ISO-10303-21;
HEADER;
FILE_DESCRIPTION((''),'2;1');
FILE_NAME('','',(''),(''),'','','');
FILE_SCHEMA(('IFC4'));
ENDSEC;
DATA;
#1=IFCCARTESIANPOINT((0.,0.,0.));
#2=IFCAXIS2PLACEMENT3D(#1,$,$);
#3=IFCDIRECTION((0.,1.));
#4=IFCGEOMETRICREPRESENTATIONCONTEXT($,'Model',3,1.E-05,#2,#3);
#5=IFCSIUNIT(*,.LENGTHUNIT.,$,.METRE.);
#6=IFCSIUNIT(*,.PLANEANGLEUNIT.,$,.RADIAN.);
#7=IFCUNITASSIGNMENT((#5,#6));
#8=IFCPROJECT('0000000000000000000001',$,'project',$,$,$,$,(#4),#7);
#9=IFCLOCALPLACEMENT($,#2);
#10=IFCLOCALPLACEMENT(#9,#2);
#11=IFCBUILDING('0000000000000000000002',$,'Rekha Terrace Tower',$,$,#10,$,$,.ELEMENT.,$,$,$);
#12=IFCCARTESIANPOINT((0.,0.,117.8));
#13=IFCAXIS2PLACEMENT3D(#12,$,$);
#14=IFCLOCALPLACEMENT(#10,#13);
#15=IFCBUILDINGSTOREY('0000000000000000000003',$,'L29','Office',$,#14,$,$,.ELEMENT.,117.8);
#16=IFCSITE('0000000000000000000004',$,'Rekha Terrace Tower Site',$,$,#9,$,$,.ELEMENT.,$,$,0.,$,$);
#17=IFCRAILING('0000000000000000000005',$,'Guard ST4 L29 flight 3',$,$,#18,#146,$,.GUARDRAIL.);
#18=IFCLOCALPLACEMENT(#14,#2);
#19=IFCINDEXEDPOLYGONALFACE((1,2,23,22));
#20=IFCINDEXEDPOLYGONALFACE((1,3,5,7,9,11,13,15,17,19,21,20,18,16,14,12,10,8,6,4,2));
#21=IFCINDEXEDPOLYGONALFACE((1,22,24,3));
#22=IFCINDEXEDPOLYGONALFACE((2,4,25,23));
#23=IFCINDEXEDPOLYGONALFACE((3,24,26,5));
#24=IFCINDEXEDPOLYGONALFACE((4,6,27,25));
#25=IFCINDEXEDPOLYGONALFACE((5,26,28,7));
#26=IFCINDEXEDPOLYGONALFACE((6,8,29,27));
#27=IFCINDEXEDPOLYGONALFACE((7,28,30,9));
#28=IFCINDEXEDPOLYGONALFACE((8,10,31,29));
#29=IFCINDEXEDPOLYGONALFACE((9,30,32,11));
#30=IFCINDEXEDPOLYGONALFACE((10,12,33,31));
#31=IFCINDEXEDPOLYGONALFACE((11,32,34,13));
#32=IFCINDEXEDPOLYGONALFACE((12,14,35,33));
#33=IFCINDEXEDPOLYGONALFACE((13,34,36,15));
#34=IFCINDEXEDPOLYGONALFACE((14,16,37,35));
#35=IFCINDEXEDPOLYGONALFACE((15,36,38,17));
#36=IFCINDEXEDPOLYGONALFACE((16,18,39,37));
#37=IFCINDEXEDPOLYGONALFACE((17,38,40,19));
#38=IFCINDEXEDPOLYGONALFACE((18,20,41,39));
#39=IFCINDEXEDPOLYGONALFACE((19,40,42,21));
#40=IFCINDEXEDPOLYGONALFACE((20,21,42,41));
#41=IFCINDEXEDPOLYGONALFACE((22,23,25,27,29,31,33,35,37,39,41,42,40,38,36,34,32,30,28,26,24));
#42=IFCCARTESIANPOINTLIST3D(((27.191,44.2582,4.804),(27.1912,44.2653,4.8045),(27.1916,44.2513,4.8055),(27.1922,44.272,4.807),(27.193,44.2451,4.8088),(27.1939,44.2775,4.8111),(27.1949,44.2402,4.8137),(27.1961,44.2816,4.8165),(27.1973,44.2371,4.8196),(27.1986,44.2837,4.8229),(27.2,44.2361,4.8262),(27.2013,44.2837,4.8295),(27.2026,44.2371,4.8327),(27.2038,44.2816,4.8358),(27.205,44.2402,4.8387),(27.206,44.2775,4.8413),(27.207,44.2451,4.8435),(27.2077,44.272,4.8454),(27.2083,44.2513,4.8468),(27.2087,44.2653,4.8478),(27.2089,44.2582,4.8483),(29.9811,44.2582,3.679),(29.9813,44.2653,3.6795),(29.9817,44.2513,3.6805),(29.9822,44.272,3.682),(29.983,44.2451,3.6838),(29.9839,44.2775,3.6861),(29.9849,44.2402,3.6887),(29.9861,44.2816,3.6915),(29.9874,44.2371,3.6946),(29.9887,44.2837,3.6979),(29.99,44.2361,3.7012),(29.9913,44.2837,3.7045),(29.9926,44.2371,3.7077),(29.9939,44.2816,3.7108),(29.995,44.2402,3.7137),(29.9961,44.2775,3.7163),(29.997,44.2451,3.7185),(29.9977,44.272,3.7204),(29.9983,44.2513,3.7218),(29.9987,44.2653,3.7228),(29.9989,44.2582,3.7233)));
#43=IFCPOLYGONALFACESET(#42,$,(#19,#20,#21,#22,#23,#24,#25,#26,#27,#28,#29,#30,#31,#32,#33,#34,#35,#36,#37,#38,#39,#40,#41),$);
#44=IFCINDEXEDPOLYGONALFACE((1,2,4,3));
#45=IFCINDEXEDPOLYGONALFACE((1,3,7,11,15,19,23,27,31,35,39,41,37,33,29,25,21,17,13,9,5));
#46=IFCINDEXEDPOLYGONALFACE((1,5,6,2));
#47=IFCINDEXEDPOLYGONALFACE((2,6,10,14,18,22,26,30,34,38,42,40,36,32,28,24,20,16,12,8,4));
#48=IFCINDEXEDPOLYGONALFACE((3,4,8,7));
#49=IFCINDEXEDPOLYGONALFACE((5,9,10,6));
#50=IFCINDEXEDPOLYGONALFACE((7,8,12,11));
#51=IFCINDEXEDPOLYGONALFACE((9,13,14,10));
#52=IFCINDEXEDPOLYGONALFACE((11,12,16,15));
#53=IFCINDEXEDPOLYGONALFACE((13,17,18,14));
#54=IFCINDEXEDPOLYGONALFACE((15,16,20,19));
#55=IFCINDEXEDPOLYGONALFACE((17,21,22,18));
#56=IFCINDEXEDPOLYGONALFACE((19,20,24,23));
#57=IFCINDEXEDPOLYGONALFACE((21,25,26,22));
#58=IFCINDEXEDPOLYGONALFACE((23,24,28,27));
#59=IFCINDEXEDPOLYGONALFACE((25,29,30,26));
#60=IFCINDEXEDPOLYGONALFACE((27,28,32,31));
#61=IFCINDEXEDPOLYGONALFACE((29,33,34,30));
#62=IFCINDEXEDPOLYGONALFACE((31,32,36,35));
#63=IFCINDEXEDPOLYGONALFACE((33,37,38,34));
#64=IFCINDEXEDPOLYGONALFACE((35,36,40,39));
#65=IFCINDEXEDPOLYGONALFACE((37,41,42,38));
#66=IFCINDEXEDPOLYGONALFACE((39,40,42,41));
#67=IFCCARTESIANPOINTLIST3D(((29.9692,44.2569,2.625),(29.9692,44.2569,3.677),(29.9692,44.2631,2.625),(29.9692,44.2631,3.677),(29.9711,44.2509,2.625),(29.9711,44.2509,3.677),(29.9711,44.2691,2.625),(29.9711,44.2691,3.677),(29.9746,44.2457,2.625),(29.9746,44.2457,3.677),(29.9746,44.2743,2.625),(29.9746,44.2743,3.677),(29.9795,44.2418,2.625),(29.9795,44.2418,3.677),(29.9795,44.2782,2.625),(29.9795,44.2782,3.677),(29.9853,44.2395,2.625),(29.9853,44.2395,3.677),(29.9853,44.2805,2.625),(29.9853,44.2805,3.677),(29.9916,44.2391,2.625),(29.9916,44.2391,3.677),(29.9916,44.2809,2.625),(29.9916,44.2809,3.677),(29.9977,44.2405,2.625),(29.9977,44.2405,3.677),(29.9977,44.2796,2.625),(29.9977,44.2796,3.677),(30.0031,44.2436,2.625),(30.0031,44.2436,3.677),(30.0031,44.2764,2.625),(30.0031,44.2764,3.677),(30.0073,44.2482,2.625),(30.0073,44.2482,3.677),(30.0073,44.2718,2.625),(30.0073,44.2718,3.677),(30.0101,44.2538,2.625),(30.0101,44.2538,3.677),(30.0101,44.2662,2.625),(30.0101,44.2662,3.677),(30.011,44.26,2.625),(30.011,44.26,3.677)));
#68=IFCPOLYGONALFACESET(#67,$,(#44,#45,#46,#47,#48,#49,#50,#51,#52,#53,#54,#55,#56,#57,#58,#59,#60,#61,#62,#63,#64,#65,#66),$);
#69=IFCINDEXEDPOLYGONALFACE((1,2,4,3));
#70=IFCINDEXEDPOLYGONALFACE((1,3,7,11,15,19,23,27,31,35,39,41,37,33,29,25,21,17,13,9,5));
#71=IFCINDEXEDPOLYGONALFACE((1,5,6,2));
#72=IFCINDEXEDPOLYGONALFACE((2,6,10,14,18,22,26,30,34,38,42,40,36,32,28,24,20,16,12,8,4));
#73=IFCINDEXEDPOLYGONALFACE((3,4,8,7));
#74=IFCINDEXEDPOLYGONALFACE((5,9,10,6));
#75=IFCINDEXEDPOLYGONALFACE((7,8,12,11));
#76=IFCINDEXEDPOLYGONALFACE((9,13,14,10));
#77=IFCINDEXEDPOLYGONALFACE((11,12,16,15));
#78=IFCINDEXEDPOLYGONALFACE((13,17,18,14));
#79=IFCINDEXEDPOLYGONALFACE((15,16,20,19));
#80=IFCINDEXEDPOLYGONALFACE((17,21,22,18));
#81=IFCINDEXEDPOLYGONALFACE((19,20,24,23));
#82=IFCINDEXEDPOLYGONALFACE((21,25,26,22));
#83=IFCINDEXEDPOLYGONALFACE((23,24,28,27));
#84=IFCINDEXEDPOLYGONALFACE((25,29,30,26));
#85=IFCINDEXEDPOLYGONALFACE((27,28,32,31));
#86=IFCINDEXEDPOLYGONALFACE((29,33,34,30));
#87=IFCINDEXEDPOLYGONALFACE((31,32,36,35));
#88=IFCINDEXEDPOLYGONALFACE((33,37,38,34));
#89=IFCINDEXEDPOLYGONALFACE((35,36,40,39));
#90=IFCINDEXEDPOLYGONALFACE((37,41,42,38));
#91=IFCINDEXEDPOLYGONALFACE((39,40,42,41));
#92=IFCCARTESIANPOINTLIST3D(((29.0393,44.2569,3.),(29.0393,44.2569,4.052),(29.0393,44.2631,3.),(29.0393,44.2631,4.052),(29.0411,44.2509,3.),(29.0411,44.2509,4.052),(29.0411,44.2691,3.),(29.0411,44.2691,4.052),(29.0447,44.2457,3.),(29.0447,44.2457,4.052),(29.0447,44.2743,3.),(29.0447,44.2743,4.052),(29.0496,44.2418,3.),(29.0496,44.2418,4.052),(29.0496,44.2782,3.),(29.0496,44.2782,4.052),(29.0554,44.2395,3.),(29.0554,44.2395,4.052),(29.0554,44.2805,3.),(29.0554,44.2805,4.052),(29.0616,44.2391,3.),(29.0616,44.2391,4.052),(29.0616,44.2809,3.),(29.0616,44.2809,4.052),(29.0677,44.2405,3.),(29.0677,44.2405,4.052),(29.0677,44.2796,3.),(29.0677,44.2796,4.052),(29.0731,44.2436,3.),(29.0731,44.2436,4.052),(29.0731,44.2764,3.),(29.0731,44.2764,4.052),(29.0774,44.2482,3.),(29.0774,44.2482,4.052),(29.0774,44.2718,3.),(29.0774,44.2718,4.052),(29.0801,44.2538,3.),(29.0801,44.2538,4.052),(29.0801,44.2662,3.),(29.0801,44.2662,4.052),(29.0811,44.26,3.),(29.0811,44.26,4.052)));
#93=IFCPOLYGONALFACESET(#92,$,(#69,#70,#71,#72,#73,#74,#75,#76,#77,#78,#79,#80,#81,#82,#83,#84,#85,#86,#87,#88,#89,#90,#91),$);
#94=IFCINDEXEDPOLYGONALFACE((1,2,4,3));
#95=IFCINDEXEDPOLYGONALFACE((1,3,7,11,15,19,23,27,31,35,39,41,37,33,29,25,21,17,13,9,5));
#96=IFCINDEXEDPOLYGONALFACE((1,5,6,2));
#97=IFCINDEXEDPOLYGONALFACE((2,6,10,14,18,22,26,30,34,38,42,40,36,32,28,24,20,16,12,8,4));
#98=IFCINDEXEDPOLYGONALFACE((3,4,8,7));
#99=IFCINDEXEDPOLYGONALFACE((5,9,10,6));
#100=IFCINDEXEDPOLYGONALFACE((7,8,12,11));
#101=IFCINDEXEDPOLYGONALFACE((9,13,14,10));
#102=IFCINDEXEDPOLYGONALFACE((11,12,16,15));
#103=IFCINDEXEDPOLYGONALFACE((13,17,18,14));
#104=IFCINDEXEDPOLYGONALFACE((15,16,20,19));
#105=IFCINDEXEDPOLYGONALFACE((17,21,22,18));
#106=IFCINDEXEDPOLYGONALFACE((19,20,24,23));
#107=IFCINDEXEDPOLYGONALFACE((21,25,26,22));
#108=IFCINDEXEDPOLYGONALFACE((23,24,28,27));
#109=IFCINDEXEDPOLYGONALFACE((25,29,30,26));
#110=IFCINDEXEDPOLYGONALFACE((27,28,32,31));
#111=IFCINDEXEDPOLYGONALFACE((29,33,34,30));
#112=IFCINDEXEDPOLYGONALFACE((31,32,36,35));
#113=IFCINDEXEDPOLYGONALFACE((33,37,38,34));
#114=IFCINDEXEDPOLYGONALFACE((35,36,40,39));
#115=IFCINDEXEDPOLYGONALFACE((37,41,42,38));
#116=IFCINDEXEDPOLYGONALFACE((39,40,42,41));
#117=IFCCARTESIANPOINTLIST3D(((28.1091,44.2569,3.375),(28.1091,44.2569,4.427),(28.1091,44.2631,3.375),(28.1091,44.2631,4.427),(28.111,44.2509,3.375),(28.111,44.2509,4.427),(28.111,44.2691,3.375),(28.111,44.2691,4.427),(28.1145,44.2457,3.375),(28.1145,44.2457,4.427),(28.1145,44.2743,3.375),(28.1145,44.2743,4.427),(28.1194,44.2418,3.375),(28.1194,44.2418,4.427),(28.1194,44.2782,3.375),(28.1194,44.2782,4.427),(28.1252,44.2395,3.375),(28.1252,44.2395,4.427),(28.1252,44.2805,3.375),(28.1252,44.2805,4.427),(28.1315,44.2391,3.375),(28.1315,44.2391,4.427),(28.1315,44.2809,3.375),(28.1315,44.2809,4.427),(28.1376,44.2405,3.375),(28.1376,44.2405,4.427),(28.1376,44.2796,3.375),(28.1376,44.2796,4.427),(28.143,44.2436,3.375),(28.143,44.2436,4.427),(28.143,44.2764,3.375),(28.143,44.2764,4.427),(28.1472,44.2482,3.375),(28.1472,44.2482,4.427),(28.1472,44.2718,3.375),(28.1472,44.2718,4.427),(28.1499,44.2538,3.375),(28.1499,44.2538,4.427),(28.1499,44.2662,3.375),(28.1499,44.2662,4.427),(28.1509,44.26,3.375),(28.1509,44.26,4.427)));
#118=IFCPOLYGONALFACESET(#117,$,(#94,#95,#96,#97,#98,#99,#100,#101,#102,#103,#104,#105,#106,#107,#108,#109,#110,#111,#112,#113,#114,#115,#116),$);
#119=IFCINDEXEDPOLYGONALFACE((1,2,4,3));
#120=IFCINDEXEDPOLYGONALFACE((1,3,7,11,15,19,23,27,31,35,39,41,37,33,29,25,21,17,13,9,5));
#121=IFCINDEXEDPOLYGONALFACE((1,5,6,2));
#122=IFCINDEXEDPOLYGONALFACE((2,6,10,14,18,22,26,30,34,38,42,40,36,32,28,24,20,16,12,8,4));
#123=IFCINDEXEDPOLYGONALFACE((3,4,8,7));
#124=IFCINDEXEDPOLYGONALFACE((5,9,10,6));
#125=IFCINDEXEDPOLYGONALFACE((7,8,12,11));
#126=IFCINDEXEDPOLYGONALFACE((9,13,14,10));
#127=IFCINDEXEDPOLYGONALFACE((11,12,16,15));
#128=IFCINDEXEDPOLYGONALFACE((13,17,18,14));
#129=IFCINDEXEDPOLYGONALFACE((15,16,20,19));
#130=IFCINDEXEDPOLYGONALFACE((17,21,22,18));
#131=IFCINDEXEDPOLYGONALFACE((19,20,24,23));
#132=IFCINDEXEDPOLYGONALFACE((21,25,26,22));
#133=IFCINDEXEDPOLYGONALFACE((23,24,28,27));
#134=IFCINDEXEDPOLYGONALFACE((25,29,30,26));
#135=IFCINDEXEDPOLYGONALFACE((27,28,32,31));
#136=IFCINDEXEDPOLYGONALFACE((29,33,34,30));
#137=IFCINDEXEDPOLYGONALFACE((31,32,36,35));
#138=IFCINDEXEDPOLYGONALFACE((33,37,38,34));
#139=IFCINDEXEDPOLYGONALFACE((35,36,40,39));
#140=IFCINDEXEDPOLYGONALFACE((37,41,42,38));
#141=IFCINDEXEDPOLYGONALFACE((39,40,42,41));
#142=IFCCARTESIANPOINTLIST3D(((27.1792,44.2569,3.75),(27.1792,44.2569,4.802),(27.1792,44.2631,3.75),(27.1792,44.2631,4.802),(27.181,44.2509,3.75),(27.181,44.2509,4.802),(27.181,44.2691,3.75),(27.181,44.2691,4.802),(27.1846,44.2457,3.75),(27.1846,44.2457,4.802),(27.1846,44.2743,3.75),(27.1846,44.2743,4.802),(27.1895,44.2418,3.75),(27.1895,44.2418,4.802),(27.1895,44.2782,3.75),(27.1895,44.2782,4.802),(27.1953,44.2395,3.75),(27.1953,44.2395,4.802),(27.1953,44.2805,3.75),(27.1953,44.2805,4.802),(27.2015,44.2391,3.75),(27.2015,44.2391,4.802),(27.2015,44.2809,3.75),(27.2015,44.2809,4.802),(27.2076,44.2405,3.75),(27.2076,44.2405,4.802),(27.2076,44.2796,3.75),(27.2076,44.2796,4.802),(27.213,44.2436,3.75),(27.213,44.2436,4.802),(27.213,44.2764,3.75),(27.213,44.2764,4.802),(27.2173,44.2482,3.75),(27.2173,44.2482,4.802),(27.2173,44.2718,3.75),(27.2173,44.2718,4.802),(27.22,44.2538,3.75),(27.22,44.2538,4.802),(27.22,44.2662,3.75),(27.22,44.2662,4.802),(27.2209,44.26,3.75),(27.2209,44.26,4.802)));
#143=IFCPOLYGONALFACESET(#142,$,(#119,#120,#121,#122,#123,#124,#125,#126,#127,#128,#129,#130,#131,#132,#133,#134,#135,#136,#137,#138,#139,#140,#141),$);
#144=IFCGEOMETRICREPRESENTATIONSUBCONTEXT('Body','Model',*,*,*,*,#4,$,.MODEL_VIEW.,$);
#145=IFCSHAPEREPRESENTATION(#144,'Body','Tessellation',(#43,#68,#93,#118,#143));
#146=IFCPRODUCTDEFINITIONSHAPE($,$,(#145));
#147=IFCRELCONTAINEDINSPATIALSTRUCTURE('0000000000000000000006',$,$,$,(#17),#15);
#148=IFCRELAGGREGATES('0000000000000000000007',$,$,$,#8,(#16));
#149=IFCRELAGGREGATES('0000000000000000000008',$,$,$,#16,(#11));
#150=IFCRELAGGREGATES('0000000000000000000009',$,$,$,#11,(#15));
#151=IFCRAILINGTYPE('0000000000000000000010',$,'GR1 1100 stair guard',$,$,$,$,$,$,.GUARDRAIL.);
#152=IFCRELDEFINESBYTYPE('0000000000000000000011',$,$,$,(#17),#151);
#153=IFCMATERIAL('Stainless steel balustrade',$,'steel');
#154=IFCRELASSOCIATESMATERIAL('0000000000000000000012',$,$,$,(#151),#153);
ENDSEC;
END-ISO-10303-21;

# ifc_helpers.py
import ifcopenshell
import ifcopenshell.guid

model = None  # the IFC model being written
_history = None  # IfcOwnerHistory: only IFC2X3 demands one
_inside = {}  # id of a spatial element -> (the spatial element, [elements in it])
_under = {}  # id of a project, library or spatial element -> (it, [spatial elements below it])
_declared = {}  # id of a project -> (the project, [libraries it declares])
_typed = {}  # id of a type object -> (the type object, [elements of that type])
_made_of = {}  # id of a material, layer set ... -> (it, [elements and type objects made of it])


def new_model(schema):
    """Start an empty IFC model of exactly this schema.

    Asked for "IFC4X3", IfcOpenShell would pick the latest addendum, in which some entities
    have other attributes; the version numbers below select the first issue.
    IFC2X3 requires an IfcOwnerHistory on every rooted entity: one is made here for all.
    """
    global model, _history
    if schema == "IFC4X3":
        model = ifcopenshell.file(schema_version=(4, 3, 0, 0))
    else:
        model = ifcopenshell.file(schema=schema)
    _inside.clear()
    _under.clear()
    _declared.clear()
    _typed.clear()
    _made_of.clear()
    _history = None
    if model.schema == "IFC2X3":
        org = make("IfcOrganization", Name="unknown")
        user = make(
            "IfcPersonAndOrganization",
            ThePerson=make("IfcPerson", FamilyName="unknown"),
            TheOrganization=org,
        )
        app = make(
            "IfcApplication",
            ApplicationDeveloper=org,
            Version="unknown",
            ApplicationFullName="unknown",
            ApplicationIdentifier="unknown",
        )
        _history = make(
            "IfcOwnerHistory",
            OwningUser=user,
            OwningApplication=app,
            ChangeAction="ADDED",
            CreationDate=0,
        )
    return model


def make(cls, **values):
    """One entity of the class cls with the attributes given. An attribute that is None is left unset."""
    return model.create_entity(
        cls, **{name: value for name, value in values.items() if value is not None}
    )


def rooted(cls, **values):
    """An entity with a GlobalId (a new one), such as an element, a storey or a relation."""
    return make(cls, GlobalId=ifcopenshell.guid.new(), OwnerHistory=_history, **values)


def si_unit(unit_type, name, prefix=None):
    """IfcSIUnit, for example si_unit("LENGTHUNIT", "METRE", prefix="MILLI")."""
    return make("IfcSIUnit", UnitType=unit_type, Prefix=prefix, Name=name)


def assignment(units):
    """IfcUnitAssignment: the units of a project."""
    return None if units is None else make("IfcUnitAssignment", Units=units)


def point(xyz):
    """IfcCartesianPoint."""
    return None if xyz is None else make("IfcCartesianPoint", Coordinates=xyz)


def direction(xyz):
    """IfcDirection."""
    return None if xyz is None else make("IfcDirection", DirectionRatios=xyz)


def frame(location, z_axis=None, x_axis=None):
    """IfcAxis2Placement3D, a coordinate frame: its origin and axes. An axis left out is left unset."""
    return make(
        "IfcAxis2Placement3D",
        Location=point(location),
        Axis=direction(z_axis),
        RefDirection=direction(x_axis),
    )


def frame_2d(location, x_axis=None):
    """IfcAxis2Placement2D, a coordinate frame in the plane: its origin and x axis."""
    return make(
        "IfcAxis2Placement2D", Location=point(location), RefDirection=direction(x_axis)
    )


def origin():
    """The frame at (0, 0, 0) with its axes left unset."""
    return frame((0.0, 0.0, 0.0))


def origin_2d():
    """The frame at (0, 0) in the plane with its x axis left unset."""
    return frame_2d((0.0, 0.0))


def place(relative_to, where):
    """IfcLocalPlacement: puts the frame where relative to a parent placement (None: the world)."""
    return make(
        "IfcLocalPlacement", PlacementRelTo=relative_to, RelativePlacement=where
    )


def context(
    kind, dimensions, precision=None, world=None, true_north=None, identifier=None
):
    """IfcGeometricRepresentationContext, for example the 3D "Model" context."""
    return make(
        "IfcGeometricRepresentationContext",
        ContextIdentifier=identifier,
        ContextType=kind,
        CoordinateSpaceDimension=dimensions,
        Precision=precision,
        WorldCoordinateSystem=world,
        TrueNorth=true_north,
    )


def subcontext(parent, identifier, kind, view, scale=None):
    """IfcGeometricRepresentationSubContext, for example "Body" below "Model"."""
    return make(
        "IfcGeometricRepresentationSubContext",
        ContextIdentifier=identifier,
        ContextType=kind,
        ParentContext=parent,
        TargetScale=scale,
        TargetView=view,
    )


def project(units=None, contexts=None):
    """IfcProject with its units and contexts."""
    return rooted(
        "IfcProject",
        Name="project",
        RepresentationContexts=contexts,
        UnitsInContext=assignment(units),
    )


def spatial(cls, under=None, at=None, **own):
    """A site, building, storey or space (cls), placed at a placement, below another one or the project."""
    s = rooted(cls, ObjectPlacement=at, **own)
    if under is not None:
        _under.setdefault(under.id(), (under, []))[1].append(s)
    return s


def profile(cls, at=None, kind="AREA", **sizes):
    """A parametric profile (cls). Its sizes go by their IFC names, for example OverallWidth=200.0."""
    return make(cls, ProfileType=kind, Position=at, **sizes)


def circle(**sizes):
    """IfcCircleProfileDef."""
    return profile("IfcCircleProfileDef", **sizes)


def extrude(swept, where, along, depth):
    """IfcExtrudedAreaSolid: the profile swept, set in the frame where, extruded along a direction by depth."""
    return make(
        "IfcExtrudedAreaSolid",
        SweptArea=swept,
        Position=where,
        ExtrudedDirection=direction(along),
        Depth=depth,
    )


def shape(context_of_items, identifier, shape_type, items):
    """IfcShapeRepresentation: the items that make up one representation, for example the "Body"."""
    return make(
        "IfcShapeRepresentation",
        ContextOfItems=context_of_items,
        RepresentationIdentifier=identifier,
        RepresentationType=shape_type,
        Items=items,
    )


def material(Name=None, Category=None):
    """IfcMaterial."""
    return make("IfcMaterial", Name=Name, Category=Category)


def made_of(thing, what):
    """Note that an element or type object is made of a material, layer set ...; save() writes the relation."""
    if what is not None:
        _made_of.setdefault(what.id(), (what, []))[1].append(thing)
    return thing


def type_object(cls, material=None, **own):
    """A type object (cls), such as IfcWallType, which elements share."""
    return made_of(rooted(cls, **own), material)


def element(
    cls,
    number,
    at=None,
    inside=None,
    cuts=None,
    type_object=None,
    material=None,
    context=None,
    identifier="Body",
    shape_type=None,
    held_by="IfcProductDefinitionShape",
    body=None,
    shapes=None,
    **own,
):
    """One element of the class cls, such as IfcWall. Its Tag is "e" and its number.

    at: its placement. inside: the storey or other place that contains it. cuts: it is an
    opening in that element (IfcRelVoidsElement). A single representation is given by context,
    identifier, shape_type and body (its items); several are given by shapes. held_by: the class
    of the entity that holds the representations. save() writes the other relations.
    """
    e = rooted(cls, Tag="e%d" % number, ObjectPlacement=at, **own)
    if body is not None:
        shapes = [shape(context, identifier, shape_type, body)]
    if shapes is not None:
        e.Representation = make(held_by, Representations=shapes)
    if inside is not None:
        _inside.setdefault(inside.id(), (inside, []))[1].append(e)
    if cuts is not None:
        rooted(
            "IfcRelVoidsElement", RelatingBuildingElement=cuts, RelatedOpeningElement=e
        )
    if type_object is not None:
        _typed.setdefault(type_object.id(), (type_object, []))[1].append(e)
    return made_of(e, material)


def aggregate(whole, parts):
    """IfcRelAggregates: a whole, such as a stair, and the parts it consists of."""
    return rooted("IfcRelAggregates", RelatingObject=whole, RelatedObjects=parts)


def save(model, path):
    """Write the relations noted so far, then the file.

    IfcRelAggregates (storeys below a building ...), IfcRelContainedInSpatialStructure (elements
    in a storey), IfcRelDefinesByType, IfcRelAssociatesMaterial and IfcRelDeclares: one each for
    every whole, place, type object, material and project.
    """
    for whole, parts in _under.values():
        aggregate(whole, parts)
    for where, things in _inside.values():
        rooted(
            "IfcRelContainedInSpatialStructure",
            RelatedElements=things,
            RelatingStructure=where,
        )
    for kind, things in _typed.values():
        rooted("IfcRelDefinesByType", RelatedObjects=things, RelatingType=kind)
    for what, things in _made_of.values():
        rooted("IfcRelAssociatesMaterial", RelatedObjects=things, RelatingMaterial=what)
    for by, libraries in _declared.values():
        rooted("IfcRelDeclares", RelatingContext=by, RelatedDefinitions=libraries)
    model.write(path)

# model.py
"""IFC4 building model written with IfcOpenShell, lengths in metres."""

from ifc_helpers import new_model, si_unit, direction, frame, origin, origin_2d, place, context, subcontext, project, spatial, circle, extrude, material, type_object, element, save


model = new_model("IFC4")

# Units and contexts
model_context = context("Model", 3, precision=1e-05, world=origin(), true_north=direction((0.0, 1.0)))
body_context = subcontext(model_context, "Body", "Model", "MODEL_VIEW")
ifc_project = project(units=[si_unit("LENGTHUNIT", "METRE"), si_unit("PLANEANGLEUNIT", "RADIAN")], contexts=[model_context])

# Site, building, storey
site_placement = place(None, origin())
site = spatial("IfcSite", under=ifc_project, at=site_placement, Name="Rekha Terrace Tower Site", CompositionType="ELEMENT", RefElevation=0.0)
building_placement = place(site_placement, origin())
building = spatial("IfcBuilding", under=site, at=building_placement, Name="Rekha Terrace Tower", CompositionType="ELEMENT")
storey_placement = place(building_placement, frame((0.0, 0.0, 117.8)))
storey = spatial("IfcBuildingStorey", under=building, at=storey_placement, Name="L29", Description="Office", CompositionType="ELEMENT", Elevation=117.8)

# Railing
ifc_material_1 = material(Name="Stainless steel balustrade", Category="steel")
railing_type_1 = type_object("IfcRailingType", Name="GR1 1100 stair guard", PredefinedType="GUARDRAIL", material=ifc_material_1)
railing_1_placement = place(storey_placement, frame((29.99, 44.26, 2.625)))
element("IfcRailing", 1, at=railing_1_placement, inside=storey, type_object=railing_type_1, Name="Guard ST4 L29 flight 3", PredefinedType="GUARDRAIL", context=body_context, shape_type="SweptSolid", body=[
    extrude(circle(Radius=0.0239, at=origin_2d()), frame((0.0, 0.0, 1.0762), z_axis=(-0.927443, 0.0, 0.373964), x_axis=(0.0, -1.0, 0.0)), (0.0, 0.0, 1.0), 3.0083),
    extrude(circle(Radius=0.021, at=origin_2d()), origin(), (0.0, 0.0, 1.0), 1.052),
    extrude(circle(Radius=0.021, at=origin_2d()), frame((-0.9299, 0.0, 0.375)), (0.0, 0.0, 1.0), 1.052),
    extrude(circle(Radius=0.021, at=origin_2d()), frame((-1.8601, 0.0, 0.75)), (0.0, 0.0, 1.0), 1.052),
    extrude(circle(Radius=0.021, at=origin_2d()), frame((-2.79, 0.0, 1.125)), (0.0, 0.0, 1.0), 1.052),
])

save(model, "model.ifc")
